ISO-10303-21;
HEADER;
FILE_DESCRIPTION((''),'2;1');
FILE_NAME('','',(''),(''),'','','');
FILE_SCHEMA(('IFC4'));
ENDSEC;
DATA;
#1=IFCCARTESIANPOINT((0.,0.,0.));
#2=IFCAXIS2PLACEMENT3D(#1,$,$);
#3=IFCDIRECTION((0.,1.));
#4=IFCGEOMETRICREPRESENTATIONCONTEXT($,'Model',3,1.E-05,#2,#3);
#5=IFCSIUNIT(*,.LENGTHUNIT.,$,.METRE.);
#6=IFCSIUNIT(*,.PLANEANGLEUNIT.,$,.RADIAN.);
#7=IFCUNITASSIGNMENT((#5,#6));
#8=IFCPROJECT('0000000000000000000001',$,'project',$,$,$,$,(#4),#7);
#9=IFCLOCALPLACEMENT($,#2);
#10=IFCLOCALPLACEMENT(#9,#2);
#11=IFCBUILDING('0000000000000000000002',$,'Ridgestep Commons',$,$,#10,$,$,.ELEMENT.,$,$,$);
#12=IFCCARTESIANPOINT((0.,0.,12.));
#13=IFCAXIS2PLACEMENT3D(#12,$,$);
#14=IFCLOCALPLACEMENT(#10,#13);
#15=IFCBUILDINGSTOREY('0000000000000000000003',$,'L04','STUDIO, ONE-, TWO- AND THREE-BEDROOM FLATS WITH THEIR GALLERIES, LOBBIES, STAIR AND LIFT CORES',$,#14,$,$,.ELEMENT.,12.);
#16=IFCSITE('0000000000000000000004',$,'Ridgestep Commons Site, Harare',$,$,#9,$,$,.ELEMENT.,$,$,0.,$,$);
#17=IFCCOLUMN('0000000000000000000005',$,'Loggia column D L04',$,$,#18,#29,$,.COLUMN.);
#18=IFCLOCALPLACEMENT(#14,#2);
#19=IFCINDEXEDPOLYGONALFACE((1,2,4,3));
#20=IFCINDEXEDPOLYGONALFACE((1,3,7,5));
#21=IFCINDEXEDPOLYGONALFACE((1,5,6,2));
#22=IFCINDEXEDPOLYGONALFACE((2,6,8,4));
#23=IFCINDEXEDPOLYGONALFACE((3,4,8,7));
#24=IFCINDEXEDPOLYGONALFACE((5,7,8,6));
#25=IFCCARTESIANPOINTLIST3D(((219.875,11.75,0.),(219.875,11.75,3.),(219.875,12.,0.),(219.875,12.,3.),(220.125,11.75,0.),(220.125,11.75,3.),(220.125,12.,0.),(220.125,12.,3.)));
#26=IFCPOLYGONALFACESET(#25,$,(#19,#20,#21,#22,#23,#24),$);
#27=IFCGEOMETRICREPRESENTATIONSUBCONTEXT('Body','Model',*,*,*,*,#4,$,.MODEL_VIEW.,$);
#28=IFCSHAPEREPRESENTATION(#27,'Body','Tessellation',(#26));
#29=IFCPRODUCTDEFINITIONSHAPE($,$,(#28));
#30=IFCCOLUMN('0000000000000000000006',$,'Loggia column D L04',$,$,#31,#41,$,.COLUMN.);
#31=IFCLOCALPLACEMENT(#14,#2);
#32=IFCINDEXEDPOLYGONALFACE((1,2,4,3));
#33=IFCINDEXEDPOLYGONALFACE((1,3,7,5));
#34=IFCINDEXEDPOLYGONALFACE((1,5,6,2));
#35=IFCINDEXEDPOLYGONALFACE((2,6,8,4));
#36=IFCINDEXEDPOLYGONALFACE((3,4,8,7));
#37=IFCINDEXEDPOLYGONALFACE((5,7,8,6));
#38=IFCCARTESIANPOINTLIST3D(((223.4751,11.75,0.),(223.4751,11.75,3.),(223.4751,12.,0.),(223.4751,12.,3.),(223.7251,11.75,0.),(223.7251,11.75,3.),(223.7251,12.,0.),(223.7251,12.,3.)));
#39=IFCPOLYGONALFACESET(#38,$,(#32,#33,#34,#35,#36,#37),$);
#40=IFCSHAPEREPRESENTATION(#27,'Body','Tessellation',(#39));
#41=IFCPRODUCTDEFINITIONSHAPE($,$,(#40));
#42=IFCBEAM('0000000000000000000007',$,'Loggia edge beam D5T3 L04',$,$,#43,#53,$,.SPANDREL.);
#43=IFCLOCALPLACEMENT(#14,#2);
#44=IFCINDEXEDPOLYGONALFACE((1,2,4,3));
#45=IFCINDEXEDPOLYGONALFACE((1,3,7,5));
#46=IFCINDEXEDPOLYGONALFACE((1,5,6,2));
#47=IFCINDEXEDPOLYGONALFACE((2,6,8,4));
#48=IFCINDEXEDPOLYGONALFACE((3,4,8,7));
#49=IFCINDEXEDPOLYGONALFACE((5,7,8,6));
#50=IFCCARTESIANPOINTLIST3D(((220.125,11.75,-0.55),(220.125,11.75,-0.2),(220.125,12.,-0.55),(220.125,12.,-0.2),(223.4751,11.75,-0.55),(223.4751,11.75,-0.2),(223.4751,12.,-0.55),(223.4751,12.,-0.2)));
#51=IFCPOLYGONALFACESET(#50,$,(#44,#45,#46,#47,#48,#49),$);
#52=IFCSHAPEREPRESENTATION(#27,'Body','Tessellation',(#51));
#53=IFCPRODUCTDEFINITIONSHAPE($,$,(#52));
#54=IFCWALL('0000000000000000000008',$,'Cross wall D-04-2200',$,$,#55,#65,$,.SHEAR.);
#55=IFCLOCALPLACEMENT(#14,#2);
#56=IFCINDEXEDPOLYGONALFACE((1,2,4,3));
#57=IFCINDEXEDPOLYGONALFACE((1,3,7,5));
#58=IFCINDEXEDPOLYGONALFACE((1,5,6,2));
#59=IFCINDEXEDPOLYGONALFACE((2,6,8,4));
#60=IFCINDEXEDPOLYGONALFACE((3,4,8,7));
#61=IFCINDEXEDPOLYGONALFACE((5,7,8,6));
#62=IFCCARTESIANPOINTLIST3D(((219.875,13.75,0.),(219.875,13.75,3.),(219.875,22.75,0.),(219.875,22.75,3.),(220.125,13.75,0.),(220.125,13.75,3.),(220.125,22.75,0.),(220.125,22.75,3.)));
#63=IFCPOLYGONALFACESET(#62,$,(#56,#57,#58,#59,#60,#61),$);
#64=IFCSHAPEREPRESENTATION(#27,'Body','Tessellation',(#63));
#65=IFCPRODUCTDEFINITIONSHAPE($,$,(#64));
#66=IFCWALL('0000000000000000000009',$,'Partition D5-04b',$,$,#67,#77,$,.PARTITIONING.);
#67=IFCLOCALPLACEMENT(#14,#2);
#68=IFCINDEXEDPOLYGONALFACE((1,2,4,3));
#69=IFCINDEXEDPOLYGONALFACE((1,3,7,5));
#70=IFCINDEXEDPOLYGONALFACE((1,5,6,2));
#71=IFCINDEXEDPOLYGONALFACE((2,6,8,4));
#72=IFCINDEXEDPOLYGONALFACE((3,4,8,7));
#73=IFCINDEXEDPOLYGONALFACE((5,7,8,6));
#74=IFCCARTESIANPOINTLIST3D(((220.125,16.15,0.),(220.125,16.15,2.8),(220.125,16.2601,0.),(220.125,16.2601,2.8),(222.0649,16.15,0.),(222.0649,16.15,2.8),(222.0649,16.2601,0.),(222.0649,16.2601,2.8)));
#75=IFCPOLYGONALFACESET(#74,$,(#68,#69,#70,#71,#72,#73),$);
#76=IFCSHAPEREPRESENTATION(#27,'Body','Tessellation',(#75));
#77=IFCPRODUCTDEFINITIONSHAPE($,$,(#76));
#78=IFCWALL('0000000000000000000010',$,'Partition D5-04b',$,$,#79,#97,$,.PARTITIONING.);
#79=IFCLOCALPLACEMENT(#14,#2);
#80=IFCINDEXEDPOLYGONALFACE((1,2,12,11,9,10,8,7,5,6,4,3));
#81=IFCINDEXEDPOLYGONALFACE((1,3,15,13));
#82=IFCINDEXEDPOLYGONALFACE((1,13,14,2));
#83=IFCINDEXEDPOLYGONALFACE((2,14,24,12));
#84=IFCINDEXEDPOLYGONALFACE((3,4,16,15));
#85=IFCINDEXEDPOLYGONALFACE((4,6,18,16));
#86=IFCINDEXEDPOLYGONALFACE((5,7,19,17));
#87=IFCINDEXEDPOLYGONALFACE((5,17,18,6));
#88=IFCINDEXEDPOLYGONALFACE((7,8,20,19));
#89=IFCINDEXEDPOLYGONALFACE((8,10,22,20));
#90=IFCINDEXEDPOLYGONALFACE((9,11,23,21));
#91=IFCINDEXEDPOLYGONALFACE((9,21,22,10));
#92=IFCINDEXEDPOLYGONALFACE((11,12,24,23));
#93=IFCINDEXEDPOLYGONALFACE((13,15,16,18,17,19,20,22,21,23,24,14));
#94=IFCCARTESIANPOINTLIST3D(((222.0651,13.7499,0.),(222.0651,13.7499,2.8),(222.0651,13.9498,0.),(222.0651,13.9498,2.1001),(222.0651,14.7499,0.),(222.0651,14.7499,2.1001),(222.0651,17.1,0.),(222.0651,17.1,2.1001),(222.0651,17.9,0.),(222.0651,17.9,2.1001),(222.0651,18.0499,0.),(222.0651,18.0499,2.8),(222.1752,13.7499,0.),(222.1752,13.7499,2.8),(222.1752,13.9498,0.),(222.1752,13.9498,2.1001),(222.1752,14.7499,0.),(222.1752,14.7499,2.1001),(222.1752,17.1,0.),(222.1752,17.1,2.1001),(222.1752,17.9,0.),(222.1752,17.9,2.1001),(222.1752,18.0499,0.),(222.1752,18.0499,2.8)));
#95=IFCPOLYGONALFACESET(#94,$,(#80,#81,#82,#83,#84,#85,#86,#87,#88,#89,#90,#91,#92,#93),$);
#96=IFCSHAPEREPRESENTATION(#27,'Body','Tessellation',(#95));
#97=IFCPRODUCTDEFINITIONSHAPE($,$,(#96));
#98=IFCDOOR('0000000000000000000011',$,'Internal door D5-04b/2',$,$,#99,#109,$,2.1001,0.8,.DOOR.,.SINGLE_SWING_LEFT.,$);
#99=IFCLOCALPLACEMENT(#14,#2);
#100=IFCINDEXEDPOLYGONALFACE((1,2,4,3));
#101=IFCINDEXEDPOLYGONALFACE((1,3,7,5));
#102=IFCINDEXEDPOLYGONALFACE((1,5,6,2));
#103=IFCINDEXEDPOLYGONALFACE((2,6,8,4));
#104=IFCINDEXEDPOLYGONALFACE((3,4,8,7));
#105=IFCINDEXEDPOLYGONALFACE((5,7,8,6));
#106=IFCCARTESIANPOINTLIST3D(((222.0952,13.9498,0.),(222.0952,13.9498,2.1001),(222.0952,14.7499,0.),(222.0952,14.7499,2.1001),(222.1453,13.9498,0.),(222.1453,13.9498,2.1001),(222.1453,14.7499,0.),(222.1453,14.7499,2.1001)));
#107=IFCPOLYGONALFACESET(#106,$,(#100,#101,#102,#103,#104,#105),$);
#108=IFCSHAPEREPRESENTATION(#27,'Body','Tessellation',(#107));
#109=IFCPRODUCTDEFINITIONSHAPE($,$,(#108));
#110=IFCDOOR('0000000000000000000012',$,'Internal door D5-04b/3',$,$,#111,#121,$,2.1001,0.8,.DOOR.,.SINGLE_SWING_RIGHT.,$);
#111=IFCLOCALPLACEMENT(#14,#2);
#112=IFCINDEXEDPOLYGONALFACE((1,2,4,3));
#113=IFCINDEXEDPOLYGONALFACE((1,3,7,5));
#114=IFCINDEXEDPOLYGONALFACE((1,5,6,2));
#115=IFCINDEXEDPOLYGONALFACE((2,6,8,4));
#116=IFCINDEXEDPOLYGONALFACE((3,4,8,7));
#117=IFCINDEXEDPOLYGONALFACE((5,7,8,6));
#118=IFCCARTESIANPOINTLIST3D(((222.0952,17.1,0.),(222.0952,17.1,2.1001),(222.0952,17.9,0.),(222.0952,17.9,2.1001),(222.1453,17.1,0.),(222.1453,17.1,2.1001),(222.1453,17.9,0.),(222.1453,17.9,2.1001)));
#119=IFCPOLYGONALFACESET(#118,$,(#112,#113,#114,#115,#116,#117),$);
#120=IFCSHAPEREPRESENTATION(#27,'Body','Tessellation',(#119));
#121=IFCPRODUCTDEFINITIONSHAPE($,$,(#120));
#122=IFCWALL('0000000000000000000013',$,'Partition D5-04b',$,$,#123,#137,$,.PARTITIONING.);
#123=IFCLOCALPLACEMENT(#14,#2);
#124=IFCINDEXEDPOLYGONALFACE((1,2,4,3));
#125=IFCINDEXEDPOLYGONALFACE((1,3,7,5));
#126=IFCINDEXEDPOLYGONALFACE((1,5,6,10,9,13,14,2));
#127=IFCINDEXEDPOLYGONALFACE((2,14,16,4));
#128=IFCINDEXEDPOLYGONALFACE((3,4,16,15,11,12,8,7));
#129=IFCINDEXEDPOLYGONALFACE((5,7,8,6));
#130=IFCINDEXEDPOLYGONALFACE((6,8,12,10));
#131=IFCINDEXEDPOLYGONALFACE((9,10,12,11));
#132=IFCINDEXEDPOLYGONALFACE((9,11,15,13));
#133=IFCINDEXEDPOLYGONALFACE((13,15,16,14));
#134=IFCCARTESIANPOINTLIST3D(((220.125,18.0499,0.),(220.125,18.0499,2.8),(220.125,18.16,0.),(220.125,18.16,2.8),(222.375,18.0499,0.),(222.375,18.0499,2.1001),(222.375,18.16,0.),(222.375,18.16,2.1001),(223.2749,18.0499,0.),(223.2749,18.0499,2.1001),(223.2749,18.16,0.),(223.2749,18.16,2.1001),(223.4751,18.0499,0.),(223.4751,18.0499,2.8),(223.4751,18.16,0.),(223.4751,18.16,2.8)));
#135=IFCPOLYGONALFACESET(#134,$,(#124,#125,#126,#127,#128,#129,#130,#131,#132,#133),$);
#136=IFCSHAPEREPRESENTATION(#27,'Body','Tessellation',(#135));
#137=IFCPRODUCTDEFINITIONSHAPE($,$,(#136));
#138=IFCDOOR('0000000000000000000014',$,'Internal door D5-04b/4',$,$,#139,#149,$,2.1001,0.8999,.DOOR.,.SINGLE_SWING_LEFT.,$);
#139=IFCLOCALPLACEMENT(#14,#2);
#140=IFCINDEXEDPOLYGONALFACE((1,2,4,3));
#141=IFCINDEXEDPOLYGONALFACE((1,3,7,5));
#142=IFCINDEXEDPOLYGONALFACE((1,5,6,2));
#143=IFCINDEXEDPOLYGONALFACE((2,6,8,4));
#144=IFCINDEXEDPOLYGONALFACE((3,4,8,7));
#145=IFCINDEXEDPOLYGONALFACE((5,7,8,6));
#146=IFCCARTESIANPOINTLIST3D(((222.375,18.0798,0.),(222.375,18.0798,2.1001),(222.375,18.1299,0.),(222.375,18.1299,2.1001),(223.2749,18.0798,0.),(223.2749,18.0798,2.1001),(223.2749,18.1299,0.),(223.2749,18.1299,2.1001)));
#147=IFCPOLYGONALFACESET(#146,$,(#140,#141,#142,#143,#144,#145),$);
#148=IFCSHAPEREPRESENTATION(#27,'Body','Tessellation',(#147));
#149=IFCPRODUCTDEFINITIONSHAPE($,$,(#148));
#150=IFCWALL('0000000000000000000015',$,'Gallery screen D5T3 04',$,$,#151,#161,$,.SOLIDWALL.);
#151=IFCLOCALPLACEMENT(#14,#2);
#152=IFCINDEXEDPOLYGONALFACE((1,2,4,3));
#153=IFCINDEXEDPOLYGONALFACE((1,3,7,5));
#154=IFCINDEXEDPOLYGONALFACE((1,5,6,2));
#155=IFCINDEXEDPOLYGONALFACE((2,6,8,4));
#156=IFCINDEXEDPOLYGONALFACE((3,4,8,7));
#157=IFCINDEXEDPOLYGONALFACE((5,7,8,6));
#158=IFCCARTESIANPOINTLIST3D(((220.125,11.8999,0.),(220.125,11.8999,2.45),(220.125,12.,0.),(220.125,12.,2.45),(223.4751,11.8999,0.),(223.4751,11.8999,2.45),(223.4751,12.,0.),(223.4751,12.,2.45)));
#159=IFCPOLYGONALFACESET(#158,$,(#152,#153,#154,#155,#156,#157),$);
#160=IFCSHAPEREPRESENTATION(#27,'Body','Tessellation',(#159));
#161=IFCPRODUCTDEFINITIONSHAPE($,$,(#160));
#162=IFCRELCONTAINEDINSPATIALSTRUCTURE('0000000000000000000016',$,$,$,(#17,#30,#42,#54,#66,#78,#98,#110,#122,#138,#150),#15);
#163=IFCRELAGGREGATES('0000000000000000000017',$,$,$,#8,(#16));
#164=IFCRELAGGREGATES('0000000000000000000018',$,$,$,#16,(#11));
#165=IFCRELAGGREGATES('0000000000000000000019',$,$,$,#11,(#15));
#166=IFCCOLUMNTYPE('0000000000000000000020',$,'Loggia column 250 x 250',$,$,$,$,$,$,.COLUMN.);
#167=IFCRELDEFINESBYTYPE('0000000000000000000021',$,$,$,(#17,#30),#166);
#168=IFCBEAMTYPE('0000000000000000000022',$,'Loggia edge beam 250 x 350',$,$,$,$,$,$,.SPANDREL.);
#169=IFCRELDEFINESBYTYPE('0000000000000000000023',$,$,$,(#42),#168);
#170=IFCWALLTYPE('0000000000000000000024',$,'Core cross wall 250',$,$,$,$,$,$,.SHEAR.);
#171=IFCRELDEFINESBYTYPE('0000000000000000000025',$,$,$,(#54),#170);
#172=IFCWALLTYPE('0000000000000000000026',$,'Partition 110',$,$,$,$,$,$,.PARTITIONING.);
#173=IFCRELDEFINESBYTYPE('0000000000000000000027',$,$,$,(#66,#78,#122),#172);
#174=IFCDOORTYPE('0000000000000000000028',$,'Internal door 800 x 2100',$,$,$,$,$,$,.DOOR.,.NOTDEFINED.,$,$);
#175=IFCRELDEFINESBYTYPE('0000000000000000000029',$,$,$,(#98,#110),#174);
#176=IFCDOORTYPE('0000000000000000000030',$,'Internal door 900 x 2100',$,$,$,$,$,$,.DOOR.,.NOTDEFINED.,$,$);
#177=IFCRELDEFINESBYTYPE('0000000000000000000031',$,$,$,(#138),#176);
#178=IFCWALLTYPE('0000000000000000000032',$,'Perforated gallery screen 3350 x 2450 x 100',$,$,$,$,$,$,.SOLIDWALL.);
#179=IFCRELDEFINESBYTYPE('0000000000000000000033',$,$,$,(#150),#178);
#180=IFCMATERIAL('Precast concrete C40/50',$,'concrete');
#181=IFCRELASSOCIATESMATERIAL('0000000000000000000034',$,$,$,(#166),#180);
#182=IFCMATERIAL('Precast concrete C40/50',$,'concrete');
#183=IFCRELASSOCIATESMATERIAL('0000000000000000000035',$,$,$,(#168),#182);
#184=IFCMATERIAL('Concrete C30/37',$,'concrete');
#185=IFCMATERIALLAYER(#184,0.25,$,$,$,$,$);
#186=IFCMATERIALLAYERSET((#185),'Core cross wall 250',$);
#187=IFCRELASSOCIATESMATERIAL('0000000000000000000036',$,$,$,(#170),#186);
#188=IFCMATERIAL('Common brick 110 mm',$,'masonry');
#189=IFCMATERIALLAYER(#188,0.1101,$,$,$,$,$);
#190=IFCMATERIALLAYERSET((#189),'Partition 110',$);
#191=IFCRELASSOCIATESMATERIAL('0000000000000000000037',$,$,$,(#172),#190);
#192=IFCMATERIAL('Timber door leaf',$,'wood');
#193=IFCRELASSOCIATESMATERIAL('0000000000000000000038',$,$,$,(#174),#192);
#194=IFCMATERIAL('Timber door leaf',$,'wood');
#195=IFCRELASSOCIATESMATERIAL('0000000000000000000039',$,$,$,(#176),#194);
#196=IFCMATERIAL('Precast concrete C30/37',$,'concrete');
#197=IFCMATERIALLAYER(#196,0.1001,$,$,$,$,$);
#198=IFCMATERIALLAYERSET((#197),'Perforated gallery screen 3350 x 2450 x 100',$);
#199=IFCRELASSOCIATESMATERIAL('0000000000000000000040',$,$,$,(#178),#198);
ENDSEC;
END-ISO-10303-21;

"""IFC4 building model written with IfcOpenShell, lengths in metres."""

from ifc_helpers import new_model, si_unit, direction, frame, frame_2d, origin, origin_2d, place, context, subcontext, project, spatial, rectangle, extrude, material, layer, layer_set, material_profile, profile_set, type_object, element, fill, save


model = new_model("IFC4")

# Units and contexts
model_context = context("Model", 3, precision=1e-05, world=origin(), true_north=direction((0.0, 1.0)))
body_context = subcontext(model_context, "Body", "Model", "MODEL_VIEW")
ifc_project = project(units=[si_unit("LENGTHUNIT", "METRE"), si_unit("PLANEANGLEUNIT", "RADIAN")], contexts=[model_context])

# Site, building, storey
site_placement = place(None, origin())
site = spatial("IfcSite", under=ifc_project, at=site_placement, Name="Ridgestep Commons Site, Harare", CompositionType="ELEMENT", RefElevation=0.0)
building_placement = place(site_placement, origin())
building = spatial("IfcBuilding", under=site, at=building_placement, Name="Ridgestep Commons", CompositionType="ELEMENT")
storey_placement = place(building_placement, frame((0.0, 0.0, 12.0)))
storey = spatial("IfcBuildingStorey", under=building, at=storey_placement, Name="L04", Description="STUDIO, ONE-, TWO- AND THREE-BEDROOM FLATS WITH THEIR GALLERIES, LOBBIES, STAIR AND LIFT CORES", CompositionType="ELEMENT", Elevation=12.0)

# Columns
ifc_material_1 = material(Name="Precast concrete C40/50", Category="concrete")
ifc_material_profile_1 = material_profile(ifc_material_1, rectangle(XDim=0.25, YDim=0.25, at=origin_2d()), Name="PC 250x250")
ifc_profile_set_1 = profile_set([ifc_material_profile_1], Name="Precast concrete C40/50")
column_type = type_object("IfcColumnType", Name="Loggia column 250 x 250", PredefinedType="COLUMN", material=ifc_profile_set_1)
for number, where, z_axis, x_axis, name in (
    (1, (220.0, 11.875, 0.0), (0.0, 0.0, 1.0), (1.0, 0.0, 0.0), "Loggia column D L04"),
    (2, (223.6001, 11.875, 0.0), (0.0, 0.0, 1.0), (1.0, 0.0, 0.0), "Loggia column D L04"),
):
    element("IfcColumn", number, at=place(storey_placement, frame(where, z_axis=z_axis, x_axis=x_axis)), inside=storey, type_object=column_type, Name=name, PredefinedType="COLUMN", context=body_context, shape_type="SweptSolid", body=[
        extrude(rectangle(XDim=0.25, YDim=0.25, at=origin_2d()), origin(), (0.0, 0.0, 1.0), 3.0),
    ])

# Beam
ifc_material_2 = material(Name="Precast concrete C40/50", Category="concrete")
ifc_material_profile_2 = material_profile(ifc_material_2, rectangle(XDim=0.25, YDim=0.3501, at=origin_2d()), Name="PC 250x350")
ifc_profile_set_2 = profile_set([ifc_material_profile_2], Name="Precast concrete C40/50")
beam_type = type_object("IfcBeamType", Name="Loggia edge beam 250 x 350", PredefinedType="SPANDREL", material=ifc_profile_set_2)
beam_placement = place(storey_placement, frame((220.125, 11.875, -0.375), z_axis=(1.0, 0.0, 0.0), x_axis=(0.0, 1.0, 0.0)))
element("IfcBeam", 3, at=beam_placement, inside=storey, type_object=beam_type, Name="Loggia edge beam D5T3 L04", PredefinedType="SPANDREL", context=body_context, shape_type="SweptSolid", body=[
    extrude(rectangle(XDim=0.25, YDim=0.3501, at=origin_2d()), origin(), (0.0, 0.0, 1.0), 3.3501),
])

# Walls
ifc_material_3 = material(Name="Concrete C30/37", Category="concrete")
ifc_layer_1 = layer(ifc_material_3, 0.25)
ifc_layer_set_1 = layer_set([ifc_layer_1], Name="Core cross wall 250")
wall_type_1 = type_object("IfcWallType", Name="Core cross wall 250", PredefinedType="SHEAR", material=ifc_layer_set_1)
wall_1_placement = place(storey_placement, frame((220.0, 13.75, 0.0), z_axis=(0.0, 0.0, 1.0), x_axis=(0.0, 1.0, 0.0)))
element("IfcWall", 4, at=wall_1_placement, inside=storey, type_object=wall_type_1, Name="Cross wall D-04-2200", PredefinedType="SHEAR", context=body_context, shape_type="SweptSolid", body=[
    extrude(rectangle(XDim=9.0, YDim=0.25, at=frame_2d((4.5, 0.0))), origin(), (0.0, 0.0, 1.0), 3.0),
])
ifc_material_4 = material(Name="Common brick 110 mm", Category="masonry")
ifc_layer_2 = layer(ifc_material_4, 0.1101)
ifc_layer_set_2 = layer_set([ifc_layer_2], Name="Partition 110")
wall_type_2 = type_object("IfcWallType", Name="Partition 110", PredefinedType="PARTITIONING", material=ifc_layer_set_2)
wall_2_placement = place(storey_placement, frame((220.125, 16.2051, 0.0), z_axis=(0.0, 0.0, 1.0), x_axis=(1.0, 0.0, 0.0)))
element("IfcWall", 5, at=wall_2_placement, inside=storey, type_object=wall_type_2, Name="Partition D5-04b", PredefinedType="PARTITIONING", context=body_context, shape_type="SweptSolid", body=[
    extrude(rectangle(XDim=1.9399, YDim=0.1101, at=frame_2d((0.97, 0.0))), origin(), (0.0, 0.0, 1.0), 2.8),
])

# Wall, openings, doors
wall_3_placement = place(storey_placement, frame((222.1201, 13.75, 0.0), z_axis=(0.0, 0.0, 1.0), x_axis=(0.0, 1.0, 0.0)))
wall_3 = element("IfcWall", 6, at=wall_3_placement, inside=storey, type_object=wall_type_2, Name="Partition D5-04b", PredefinedType="PARTITIONING", context=body_context, shape_type="SweptSolid", body=[
    extrude(rectangle(XDim=4.3, YDim=0.1101, at=frame_2d((2.1499, 0.0))), origin(), (0.0, 0.0, 1.0), 2.8),
])
opening_1_placement = place(wall_3_placement, frame((0.2, 0.0, 0.0)))
opening_1 = element("IfcOpeningElement", 7, at=opening_1_placement, cuts=wall_3, PredefinedType="OPENING", context=body_context, shape_type="SweptSolid", body=[
    extrude(rectangle(XDim=0.8, YDim=2.1001, at=frame_2d((0.3999, 1.05))), frame((0.0, 0.0649, 0.0), z_axis=(0.0, -1.0, 0.0), x_axis=(1.0, 0.0, 0.0)), (0.0, 0.0, 1.0), 0.1301),
])
opening_2_placement = place(wall_3_placement, frame((3.3501, 0.0, 0.0)))
opening_2 = element("IfcOpeningElement", 8, at=opening_2_placement, cuts=wall_3, PredefinedType="OPENING", context=body_context, shape_type="SweptSolid", body=[
    extrude(rectangle(XDim=0.8, YDim=2.1001, at=frame_2d((0.3999, 1.05))), frame((0.0, 0.0649, 0.0), z_axis=(0.0, -1.0, 0.0), x_axis=(1.0, 0.0, 0.0)), (0.0, 0.0, 1.0), 0.1301),
])
ifc_material_5 = material(Name="Timber door leaf", Category="wood")
door_type_1 = type_object("IfcDoorType", Name="Internal door 800 x 2100", OperationType="NOTDEFINED", PredefinedType="DOOR", material=ifc_material_5)
door_1_placement = place(opening_1_placement, origin())
door_1 = element("IfcDoor", 9, at=door_1_placement, inside=storey, type_object=door_type_1, Name="Internal door D5-04b/2", OperationType="SINGLE_SWING_LEFT", OverallHeight=2.1001, OverallWidth=0.8, PredefinedType="DOOR", context=body_context, shape_type="SweptSolid", body=[
    extrude(rectangle(XDim=0.8, YDim=2.1001, at=frame_2d((0.3999, 1.05))), frame((0.0, 0.0249, 0.0), z_axis=(0.0, -1.0, 0.0), x_axis=(1.0, 0.0, 0.0)), (0.0, 0.0, 1.0), 0.05),
])
fill(opening_1, door_1)
door_2_placement = place(opening_2_placement, origin())
door_2 = element("IfcDoor", 10, at=door_2_placement, inside=storey, type_object=door_type_1, Name="Internal door D5-04b/3", OperationType="SINGLE_SWING_RIGHT", OverallHeight=2.1001, OverallWidth=0.8, PredefinedType="DOOR", context=body_context, shape_type="SweptSolid", body=[
    extrude(rectangle(XDim=0.8, YDim=2.1001, at=frame_2d((0.3999, 1.05))), frame((0.0, 0.0249, 0.0), z_axis=(0.0, -1.0, 0.0), x_axis=(1.0, 0.0, 0.0)), (0.0, 0.0, 1.0), 0.05),
])
fill(opening_2, door_2)

# Wall, opening, door
wall_4_placement = place(storey_placement, frame((220.125, 18.105, 0.0), z_axis=(0.0, 0.0, 1.0), x_axis=(1.0, 0.0, 0.0)))
wall_4 = element("IfcWall", 11, at=wall_4_placement, inside=storey, type_object=wall_type_2, Name="Partition D5-04b", PredefinedType="PARTITIONING", context=body_context, shape_type="SweptSolid", body=[
    extrude(rectangle(XDim=3.3501, YDim=0.1101, at=frame_2d((1.675, 0.0))), origin(), (0.0, 0.0, 1.0), 2.8),
])
opening_3_placement = place(wall_4_placement, frame((2.25, 0.0, 0.0)))
opening_3 = element("IfcOpeningElement", 12, at=opening_3_placement, cuts=wall_4, PredefinedType="OPENING", context=body_context, shape_type="SweptSolid", body=[
    extrude(rectangle(XDim=0.8999, YDim=2.1001, at=frame_2d((0.45, 1.05))), frame((0.0, 0.0649, 0.0), z_axis=(0.0, -1.0, 0.0), x_axis=(1.0, 0.0, 0.0)), (0.0, 0.0, 1.0), 0.1301),
])
ifc_material_6 = material(Name="Timber door leaf", Category="wood")
door_type_2 = type_object("IfcDoorType", Name="Internal door 900 x 2100", OperationType="NOTDEFINED", PredefinedType="DOOR", material=ifc_material_6)
door_3_placement = place(opening_3_placement, origin())
door_3 = element("IfcDoor", 13, at=door_3_placement, inside=storey, type_object=door_type_2, Name="Internal door D5-04b/4", OperationType="SINGLE_SWING_LEFT", OverallHeight=2.1001, OverallWidth=0.8999, PredefinedType="DOOR", context=body_context, shape_type="SweptSolid", body=[
    extrude(rectangle(XDim=0.8999, YDim=2.1001, at=frame_2d((0.45, 1.05))), frame((0.0, 0.0249, 0.0), z_axis=(0.0, -1.0, 0.0), x_axis=(1.0, 0.0, 0.0)), (0.0, 0.0, 1.0), 0.05),
])
fill(opening_3, door_3)

# Wall
ifc_material_7 = material(Name="Precast concrete C30/37", Category="concrete")
ifc_layer_3 = layer(ifc_material_7, 0.1001)
ifc_layer_set_3 = layer_set([ifc_layer_3], Name="Perforated gallery screen 3350 x 2450 x 100")
wall_type_3 = type_object("IfcWallType", Name="Perforated gallery screen 3350 x 2450 x 100", PredefinedType="SOLIDWALL", material=ifc_layer_set_3)
wall_5_placement = place(storey_placement, frame((220.125, 11.95, 0.0), z_axis=(0.0, 0.0, 1.0), x_axis=(1.0, 0.0, 0.0)))
element("IfcWall", 14, at=wall_5_placement, inside=storey, type_object=wall_type_3, Name="Gallery screen D5T3 04", PredefinedType="SOLIDWALL", context=body_context, shape_type="SweptSolid", body=[
    extrude(rectangle(XDim=3.3501, YDim=0.1001, at=frame_2d((1.675, 0.0))), origin(), (0.0, 0.0, 1.0), 2.45),
])

save(model, "model.ifc")
